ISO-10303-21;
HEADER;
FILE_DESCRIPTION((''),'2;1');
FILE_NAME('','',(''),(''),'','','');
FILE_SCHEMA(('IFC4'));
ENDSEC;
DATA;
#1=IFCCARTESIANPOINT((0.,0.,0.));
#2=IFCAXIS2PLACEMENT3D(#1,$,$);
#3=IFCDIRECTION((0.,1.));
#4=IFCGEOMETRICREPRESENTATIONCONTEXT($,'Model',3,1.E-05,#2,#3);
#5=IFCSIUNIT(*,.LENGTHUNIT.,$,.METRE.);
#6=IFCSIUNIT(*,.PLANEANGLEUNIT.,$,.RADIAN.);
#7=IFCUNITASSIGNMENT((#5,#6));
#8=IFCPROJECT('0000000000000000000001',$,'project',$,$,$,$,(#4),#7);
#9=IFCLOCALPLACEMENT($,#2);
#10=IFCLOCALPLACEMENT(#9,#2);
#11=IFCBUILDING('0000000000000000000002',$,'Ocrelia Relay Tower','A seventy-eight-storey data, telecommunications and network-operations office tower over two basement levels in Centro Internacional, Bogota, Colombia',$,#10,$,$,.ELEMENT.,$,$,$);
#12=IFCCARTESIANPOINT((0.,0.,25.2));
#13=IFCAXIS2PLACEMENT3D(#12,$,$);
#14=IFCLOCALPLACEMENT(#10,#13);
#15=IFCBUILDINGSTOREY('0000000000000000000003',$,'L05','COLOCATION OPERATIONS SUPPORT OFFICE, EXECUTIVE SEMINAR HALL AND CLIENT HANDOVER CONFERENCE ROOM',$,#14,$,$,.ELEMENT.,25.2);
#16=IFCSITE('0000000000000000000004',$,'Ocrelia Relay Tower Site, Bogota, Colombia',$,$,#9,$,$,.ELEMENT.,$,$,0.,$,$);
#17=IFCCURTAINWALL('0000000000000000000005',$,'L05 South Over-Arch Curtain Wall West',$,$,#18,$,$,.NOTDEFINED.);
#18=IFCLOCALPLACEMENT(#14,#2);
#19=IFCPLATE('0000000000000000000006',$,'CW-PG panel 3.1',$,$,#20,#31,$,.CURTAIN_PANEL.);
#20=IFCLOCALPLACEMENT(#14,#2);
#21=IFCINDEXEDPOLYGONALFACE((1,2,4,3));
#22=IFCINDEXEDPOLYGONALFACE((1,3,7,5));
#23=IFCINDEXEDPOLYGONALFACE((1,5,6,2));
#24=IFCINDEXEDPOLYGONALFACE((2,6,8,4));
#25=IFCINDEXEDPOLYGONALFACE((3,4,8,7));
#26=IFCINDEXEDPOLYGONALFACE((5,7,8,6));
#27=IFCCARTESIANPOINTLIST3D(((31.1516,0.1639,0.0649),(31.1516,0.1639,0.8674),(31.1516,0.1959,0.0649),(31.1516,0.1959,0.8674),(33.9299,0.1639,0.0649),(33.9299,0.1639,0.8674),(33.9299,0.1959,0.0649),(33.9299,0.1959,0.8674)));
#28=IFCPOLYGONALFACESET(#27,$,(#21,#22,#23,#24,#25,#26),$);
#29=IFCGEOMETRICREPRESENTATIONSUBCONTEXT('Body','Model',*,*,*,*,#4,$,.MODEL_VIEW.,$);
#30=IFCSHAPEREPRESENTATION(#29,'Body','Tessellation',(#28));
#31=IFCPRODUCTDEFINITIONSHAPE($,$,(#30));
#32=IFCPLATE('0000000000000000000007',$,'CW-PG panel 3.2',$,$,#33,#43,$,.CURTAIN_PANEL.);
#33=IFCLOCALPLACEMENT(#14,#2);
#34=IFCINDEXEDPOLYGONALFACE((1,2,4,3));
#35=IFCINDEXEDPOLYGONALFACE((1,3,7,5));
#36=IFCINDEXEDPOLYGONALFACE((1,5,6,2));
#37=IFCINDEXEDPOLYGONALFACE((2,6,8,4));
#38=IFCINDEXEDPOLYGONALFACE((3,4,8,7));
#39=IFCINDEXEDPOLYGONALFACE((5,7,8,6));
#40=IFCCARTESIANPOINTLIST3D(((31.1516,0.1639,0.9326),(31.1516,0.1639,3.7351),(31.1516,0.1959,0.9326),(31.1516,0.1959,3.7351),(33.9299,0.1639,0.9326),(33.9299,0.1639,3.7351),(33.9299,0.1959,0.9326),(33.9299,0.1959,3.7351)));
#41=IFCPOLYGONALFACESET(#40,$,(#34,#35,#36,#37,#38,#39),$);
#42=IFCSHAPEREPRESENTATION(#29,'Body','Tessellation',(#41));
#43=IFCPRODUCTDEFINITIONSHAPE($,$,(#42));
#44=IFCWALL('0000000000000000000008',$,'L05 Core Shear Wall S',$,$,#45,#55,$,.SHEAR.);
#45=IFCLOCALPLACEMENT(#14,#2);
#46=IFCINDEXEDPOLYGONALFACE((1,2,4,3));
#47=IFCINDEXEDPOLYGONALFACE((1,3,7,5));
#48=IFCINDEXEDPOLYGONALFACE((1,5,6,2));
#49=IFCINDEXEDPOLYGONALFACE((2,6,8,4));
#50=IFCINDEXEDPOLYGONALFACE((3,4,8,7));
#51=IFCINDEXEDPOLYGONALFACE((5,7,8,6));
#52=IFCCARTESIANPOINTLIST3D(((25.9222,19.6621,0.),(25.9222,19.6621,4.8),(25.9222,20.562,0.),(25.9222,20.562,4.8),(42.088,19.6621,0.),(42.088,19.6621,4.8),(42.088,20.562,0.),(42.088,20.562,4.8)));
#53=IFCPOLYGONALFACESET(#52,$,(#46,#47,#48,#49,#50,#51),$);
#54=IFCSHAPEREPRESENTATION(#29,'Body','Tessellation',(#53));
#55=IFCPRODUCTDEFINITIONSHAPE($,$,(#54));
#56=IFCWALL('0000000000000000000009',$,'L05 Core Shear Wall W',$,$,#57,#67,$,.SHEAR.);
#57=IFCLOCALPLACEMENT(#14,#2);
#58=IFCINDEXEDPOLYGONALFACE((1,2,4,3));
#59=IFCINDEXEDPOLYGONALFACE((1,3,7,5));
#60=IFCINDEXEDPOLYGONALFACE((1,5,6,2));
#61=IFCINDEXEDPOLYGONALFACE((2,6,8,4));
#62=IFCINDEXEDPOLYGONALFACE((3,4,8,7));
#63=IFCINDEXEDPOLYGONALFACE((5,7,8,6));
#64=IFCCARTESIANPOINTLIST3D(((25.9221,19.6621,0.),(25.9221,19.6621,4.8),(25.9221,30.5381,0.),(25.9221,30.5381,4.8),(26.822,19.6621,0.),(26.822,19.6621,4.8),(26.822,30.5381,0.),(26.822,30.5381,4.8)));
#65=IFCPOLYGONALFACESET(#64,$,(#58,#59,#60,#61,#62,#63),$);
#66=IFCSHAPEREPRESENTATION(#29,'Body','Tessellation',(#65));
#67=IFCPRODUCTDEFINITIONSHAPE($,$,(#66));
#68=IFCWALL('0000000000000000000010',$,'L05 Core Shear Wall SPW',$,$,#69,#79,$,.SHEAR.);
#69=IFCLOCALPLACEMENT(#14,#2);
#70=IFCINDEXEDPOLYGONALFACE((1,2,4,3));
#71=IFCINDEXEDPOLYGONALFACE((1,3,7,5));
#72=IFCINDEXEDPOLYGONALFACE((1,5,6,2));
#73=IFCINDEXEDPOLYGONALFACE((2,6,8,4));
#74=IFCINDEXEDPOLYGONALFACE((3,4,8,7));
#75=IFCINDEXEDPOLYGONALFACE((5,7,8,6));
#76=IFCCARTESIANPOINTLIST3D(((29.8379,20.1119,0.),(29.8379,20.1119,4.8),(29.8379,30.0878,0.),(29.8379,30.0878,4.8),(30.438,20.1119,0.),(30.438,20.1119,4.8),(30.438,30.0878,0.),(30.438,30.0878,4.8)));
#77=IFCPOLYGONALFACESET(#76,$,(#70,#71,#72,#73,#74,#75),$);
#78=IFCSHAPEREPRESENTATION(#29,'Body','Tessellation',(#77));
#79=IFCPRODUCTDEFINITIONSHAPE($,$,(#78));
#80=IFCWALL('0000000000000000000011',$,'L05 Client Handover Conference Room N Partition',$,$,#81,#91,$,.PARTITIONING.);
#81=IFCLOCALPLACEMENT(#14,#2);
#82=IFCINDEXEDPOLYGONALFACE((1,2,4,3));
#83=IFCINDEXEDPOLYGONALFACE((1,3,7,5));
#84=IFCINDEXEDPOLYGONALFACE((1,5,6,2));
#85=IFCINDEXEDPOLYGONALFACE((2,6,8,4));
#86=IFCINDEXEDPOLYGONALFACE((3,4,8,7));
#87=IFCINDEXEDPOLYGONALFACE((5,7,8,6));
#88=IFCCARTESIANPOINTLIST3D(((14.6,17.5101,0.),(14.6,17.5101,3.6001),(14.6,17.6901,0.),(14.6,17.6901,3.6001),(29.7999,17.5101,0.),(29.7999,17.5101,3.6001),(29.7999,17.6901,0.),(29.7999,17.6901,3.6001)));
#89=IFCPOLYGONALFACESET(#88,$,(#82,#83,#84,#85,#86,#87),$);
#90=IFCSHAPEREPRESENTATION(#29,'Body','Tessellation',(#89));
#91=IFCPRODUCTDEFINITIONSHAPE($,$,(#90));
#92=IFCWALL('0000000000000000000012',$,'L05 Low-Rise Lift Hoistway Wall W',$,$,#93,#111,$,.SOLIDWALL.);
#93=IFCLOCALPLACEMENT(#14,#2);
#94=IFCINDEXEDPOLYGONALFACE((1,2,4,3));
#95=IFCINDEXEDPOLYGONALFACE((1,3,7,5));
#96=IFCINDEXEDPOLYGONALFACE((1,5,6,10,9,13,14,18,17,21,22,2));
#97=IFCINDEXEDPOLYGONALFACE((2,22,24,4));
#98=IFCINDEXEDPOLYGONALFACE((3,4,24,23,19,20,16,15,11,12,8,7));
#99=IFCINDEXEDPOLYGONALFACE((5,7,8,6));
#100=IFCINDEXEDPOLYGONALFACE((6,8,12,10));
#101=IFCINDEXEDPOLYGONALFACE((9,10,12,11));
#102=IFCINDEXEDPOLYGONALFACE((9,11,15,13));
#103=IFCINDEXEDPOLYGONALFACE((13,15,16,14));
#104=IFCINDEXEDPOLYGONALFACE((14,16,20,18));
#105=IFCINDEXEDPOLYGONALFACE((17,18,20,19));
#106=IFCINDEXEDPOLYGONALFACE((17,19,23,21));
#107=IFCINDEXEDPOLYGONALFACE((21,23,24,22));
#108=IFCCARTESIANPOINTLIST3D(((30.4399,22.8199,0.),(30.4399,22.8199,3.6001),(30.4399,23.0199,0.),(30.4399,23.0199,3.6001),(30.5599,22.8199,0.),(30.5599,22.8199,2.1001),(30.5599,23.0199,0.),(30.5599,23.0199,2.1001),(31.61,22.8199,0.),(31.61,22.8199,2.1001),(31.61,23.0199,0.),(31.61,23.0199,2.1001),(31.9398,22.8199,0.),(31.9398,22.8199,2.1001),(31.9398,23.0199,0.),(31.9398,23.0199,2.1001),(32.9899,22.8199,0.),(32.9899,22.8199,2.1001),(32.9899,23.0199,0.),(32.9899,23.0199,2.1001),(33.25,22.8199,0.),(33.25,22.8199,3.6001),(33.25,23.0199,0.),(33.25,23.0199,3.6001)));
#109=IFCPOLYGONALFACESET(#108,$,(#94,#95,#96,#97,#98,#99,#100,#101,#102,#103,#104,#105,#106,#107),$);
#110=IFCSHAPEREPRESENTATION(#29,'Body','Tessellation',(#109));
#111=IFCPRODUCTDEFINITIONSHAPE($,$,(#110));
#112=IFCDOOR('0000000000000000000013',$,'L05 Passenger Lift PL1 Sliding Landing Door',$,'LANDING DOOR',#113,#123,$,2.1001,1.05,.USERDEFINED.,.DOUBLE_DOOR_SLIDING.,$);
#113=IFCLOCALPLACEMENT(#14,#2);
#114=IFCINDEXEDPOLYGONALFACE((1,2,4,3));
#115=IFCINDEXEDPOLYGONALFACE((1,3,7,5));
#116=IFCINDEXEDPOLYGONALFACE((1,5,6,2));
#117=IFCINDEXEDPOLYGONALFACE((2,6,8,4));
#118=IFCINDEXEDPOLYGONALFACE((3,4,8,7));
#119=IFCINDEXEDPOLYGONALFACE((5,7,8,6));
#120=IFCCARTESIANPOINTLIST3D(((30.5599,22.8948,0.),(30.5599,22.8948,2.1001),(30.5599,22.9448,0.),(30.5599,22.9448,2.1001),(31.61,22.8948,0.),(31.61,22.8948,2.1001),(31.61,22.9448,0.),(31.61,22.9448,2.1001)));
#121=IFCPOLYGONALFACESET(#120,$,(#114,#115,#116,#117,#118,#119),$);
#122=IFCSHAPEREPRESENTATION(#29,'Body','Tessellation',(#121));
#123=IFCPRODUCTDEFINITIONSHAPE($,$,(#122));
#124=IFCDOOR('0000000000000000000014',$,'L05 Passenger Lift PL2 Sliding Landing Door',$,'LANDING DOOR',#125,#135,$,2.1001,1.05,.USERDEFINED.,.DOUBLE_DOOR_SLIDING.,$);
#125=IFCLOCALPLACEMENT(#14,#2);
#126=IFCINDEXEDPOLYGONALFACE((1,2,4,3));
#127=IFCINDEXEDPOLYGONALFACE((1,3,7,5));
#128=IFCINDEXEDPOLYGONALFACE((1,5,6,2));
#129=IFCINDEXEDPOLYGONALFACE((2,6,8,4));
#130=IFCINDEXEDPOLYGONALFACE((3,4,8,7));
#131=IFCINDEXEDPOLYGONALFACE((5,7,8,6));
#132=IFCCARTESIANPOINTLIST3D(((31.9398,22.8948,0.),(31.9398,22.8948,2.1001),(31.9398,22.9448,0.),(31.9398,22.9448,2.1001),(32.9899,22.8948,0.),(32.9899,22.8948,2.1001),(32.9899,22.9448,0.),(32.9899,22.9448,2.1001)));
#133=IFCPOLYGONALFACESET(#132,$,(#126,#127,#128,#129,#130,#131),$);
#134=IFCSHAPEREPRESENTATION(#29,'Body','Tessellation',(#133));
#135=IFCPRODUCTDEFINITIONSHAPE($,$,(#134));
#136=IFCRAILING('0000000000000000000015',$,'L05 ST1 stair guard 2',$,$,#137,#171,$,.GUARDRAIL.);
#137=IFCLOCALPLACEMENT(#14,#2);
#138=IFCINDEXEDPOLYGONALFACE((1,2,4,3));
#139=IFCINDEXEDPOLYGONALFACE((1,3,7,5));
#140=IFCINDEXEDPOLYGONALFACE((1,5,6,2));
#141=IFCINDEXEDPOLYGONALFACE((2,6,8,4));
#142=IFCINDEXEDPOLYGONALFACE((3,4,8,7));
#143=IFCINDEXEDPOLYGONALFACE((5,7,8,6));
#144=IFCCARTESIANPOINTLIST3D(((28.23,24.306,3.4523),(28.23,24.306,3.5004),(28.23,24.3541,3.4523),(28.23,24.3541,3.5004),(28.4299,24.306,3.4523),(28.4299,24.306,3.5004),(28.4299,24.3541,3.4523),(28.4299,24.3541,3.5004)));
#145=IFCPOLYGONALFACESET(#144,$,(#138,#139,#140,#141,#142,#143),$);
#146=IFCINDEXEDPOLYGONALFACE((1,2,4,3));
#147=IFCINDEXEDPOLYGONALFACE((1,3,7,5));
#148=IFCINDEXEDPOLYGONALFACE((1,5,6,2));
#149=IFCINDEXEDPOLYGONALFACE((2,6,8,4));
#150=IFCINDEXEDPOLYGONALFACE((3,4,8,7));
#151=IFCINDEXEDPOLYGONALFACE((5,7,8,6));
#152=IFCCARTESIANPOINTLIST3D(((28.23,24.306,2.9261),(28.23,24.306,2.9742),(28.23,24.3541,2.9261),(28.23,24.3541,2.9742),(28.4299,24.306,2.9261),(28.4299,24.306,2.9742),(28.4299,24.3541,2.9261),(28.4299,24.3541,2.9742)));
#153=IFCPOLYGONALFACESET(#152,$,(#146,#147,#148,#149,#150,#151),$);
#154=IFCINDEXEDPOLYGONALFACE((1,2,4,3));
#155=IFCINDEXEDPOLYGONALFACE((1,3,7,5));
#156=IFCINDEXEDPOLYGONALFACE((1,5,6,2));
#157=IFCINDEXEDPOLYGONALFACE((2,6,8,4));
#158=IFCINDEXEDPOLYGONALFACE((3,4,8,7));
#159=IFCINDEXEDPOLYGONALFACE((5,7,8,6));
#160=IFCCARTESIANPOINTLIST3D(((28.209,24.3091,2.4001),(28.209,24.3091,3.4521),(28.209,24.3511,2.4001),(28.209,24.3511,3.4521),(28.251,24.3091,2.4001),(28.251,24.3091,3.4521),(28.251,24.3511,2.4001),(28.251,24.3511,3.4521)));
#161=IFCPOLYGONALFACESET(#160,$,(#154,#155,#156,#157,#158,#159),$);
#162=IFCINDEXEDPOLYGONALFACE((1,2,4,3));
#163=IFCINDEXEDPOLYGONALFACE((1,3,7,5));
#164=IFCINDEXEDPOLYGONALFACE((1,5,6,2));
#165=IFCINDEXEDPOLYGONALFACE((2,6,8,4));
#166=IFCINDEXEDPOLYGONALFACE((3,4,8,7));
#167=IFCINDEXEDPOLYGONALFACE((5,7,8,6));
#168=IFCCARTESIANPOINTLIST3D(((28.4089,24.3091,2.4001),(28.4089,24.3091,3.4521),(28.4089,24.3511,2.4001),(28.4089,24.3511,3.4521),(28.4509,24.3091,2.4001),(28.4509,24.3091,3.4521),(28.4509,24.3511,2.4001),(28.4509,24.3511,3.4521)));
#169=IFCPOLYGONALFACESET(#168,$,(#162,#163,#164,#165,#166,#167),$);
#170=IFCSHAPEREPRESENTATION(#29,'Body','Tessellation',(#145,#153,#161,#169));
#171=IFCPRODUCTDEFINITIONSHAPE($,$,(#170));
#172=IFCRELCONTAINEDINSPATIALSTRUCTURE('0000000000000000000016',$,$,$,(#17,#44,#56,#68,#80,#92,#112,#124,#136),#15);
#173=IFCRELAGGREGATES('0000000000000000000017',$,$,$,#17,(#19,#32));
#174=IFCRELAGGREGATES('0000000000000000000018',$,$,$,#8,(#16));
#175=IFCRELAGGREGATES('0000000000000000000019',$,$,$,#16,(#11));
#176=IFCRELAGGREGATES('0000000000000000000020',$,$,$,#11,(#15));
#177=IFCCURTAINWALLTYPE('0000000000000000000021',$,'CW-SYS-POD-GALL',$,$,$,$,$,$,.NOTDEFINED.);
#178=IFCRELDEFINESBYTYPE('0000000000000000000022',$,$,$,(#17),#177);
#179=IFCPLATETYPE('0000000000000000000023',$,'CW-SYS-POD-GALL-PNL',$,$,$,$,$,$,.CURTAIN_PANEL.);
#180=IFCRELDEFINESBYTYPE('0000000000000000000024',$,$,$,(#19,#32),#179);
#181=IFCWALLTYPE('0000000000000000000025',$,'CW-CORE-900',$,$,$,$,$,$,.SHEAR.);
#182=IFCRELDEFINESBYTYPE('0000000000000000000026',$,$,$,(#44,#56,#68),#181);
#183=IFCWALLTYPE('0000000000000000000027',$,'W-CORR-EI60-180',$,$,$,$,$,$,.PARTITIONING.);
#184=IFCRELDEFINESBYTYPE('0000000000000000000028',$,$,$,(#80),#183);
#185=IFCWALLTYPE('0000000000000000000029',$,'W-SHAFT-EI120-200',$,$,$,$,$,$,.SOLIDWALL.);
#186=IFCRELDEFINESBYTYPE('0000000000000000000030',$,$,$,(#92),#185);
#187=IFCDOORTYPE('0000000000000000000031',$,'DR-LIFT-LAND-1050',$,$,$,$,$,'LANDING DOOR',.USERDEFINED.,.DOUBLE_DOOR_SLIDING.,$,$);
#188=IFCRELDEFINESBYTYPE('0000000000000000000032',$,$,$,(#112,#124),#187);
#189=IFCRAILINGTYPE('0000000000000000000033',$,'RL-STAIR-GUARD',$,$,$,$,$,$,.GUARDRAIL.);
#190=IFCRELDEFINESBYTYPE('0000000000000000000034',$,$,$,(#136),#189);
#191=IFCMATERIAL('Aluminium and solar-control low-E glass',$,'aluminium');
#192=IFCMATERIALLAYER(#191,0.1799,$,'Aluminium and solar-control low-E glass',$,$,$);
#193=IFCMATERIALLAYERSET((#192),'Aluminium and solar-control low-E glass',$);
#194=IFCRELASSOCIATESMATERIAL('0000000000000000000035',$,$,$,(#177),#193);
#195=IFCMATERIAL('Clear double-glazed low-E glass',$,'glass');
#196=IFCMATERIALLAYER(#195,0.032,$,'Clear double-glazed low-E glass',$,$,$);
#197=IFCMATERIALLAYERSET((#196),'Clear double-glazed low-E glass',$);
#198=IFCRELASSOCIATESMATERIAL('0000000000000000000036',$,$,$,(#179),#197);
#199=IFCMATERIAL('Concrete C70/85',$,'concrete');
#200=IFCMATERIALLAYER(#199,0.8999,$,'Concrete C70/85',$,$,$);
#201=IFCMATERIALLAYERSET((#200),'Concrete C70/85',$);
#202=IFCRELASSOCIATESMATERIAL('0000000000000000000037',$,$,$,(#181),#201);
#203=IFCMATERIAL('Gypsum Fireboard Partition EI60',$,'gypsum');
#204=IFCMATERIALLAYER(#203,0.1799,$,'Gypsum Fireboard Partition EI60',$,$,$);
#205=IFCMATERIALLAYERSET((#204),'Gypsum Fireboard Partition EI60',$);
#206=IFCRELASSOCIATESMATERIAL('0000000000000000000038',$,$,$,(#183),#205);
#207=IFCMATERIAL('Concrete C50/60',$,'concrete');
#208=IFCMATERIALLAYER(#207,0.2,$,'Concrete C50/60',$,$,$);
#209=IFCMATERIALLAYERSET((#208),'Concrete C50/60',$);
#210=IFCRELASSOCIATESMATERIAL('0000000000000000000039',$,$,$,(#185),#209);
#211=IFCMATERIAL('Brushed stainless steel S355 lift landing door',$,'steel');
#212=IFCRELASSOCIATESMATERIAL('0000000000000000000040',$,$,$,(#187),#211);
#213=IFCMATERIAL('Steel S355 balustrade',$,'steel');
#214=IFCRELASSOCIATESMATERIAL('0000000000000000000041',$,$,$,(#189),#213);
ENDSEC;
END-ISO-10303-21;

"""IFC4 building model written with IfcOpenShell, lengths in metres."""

from ifc_helpers import new_model, si_unit, direction, frame, frame_2d, origin, origin_2d, place, context, subcontext, project, spatial, rectangle, extrude, material, layer, layer_set, type_object, element, fill, aggregate, save


model = new_model("IFC4")

# Units and contexts
model_context = context("Model", 3, precision=1e-05, world=origin(), true_north=direction((0.0, 1.0)))
body_context = subcontext(model_context, "Body", "Model", "MODEL_VIEW")
ifc_project = project(units=[si_unit("LENGTHUNIT", "METRE"), si_unit("PLANEANGLEUNIT", "RADIAN")], contexts=[model_context])

# Site, building, storey
site_placement = place(None, origin())
site = spatial("IfcSite", under=ifc_project, at=site_placement, Name="Ocrelia Relay Tower Site, Bogota, Colombia", CompositionType="ELEMENT", RefElevation=0.0)
building_placement = place(site_placement, origin())
building = spatial("IfcBuilding", under=site, at=building_placement, Name="Ocrelia Relay Tower", Description="A seventy-eight-storey data, telecommunications and network-operations office tower over two basement levels in Centro Internacional, Bogota, Colombia", CompositionType="ELEMENT")
storey_placement = place(building_placement, frame((0.0, 0.0, 25.2)))
storey = spatial("IfcBuildingStorey", under=building, at=storey_placement, Name="L05", Description="COLOCATION OPERATIONS SUPPORT OFFICE, EXECUTIVE SEMINAR HALL AND CLIENT HANDOVER CONFERENCE ROOM", CompositionType="ELEMENT", Elevation=25.2)

# Shared definitions
ifc_material_1 = material(Name="Concrete C70/85", Category="concrete")

# Curtain wall, plates
ifc_material_2 = material(Name="Aluminium and solar-control low-E glass", Category="aluminium")
ifc_layer_1 = layer(ifc_material_2, 0.1799, Name="Aluminium and solar-control low-E glass")
ifc_layer_set_1 = layer_set([ifc_layer_1], Name="Aluminium and solar-control low-E glass")
curtain_wall_type = type_object("IfcCurtainWallType", Name="CW-SYS-POD-GALL", PredefinedType="NOTDEFINED", material=ifc_layer_set_1)
curtain_wall_placement = place(storey_placement, origin())
curtain_wall = element("IfcCurtainWall", 1, at=curtain_wall_placement, inside=storey, type_object=curtain_wall_type, Name="L05 South Over-Arch Curtain Wall West", PredefinedType="NOTDEFINED")
ifc_material_3 = material(Name="Clear double-glazed low-E glass", Category="glass")
ifc_layer_2 = layer(ifc_material_3, 0.032, Name="Clear double-glazed low-E glass")
ifc_layer_set_2 = layer_set([ifc_layer_2], Name="Clear double-glazed low-E glass")
plate_type = type_object("IfcPlateType", Name="CW-SYS-POD-GALL-PNL", PredefinedType="CURTAIN_PANEL", material=ifc_layer_set_2)
plate_1_placement = place(storey_placement, frame((32.5408, 0.1799, 0.0649), z_axis=(0.0, 0.0, 1.0), x_axis=(1.0, 0.0, 0.0)))
plate_1 = element("IfcPlate", 2, at=plate_1_placement, type_object=plate_type, Name="CW-PG panel 3.1", PredefinedType="CURTAIN_PANEL", context=body_context, shape_type="SweptSolid", body=[
    extrude(rectangle(XDim=2.7783, YDim=0.032, at=origin_2d()), origin(), (0.0, 0.0, 1.0), 0.8025),
])
plate_2_placement = place(storey_placement, frame((32.5408, 0.1799, 0.9326), z_axis=(0.0, 0.0, 1.0), x_axis=(1.0, 0.0, 0.0)))
plate_2 = element("IfcPlate", 3, at=plate_2_placement, type_object=plate_type, Name="CW-PG panel 3.2", PredefinedType="CURTAIN_PANEL", context=body_context, shape_type="SweptSolid", body=[
    extrude(rectangle(XDim=2.7783, YDim=0.032, at=origin_2d()), origin(), (0.0, 0.0, 1.0), 2.8025),
])
aggregate(curtain_wall, [plate_1, plate_2])

# Walls
ifc_layer_3 = layer(ifc_material_1, 0.8999, Name="Concrete C70/85")
ifc_layer_set_3 = layer_set([ifc_layer_3], Name="Concrete C70/85")
wall_type_1 = type_object("IfcWallType", Name="CW-CORE-900", PredefinedType="SHEAR", material=ifc_layer_set_3)
wall_1_placement = place(storey_placement, frame((25.9221, 20.1121, 0.0), z_axis=(0.0, 0.0, 1.0), x_axis=(1.0, 0.0, 0.0)))
element("IfcWall", 4, at=wall_1_placement, inside=storey, type_object=wall_type_1, Name="L05 Core Shear Wall S", PredefinedType="SHEAR", context=body_context, shape_type="SweptSolid", body=[
    extrude(rectangle(XDim=16.1658, YDim=0.8999, at=frame_2d((8.083, 0.0))), origin(), (0.0, 0.0, 1.0), 4.8),
])
wall_2_placement = place(storey_placement, frame((26.3721, 19.6621, 0.0), z_axis=(0.0, 0.0, 1.0), x_axis=(0.0, 1.0, 0.0)))
element("IfcWall", 5, at=wall_2_placement, inside=storey, type_object=wall_type_1, Name="L05 Core Shear Wall W", PredefinedType="SHEAR", context=body_context, shape_type="SweptSolid", body=[
    extrude(rectangle(XDim=10.876, YDim=0.8999, at=frame_2d((5.438, 0.0))), origin(), (0.0, 0.0, 1.0), 4.8),
])
wall_3_placement = place(storey_placement, frame((30.1379, 20.1121, 0.0), z_axis=(0.0, 0.0, 1.0), x_axis=(0.0, 1.0, 0.0)))
element("IfcWall", 6, at=wall_3_placement, inside=storey, type_object=wall_type_1, Name="L05 Core Shear Wall SPW", PredefinedType="SHEAR", context=body_context, shape_type="SweptSolid", body=[
    extrude(rectangle(XDim=9.9758, YDim=0.6001, at=frame_2d((4.9878, 0.0))), origin(), (0.0, 0.0, 1.0), 4.8),
])
ifc_material_4 = material(Name="Gypsum Fireboard Partition EI60", Category="gypsum")
ifc_layer_4 = layer(ifc_material_4, 0.1799, Name="Gypsum Fireboard Partition EI60")
ifc_layer_set_4 = layer_set([ifc_layer_4], Name="Gypsum Fireboard Partition EI60")
wall_type_2 = type_object("IfcWallType", Name="W-CORR-EI60-180", PredefinedType="PARTITIONING", material=ifc_layer_set_4)
wall_4_placement = place(storey_placement, frame((29.8, 17.6001, 0.0), z_axis=(0.0, 0.0, 1.0), x_axis=(-1.0, 0.0, 0.0)))
element("IfcWall", 7, at=wall_4_placement, inside=storey, type_object=wall_type_2, Name="L05 Client Handover Conference Room N Partition", PredefinedType="PARTITIONING", context=body_context, shape_type="SweptSolid", body=[
    extrude(rectangle(XDim=15.2, YDim=0.1799, at=frame_2d((7.6001, 0.0))), origin(), (0.0, 0.0, 1.0), 3.6001),
])

# Wall, openings, doors
ifc_material_5 = material(Name="Concrete C50/60", Category="concrete")
ifc_layer_5 = layer(ifc_material_5, 0.2, Name="Concrete C50/60")
ifc_layer_set_5 = layer_set([ifc_layer_5], Name="Concrete C50/60")
wall_type_3 = type_object("IfcWallType", Name="W-SHAFT-EI120-200", PredefinedType="SOLIDWALL", material=ifc_layer_set_5)
wall_5_placement = place(storey_placement, frame((30.4399, 22.9199, 0.0), z_axis=(0.0, 0.0, 1.0), x_axis=(1.0, 0.0, 0.0)))
wall_5 = element("IfcWall", 8, at=wall_5_placement, inside=storey, type_object=wall_type_3, Name="L05 Low-Rise Lift Hoistway Wall W", PredefinedType="SOLIDWALL", context=body_context, shape_type="SweptSolid", body=[
    extrude(rectangle(XDim=2.8101, YDim=0.2, at=frame_2d((1.405, 0.0))), origin(), (0.0, 0.0, 1.0), 3.6001),
])
opening_1_placement = place(wall_5_placement, frame((0.1201, 0.0, 0.0)))
opening_1 = element("IfcOpeningElement", 9, at=opening_1_placement, cuts=wall_5, PredefinedType="OPENING", context=body_context, shape_type="SweptSolid", body=[
    extrude(rectangle(XDim=1.05, YDim=2.1001, at=frame_2d((0.5249, 1.05))), frame((0.0, 0.1099, 0.0), z_axis=(0.0, -1.0, 0.0), x_axis=(1.0, 0.0, 0.0)), (0.0, 0.0, 1.0), 0.22),
])
opening_2_placement = place(wall_5_placement, frame((1.5, 0.0, 0.0)))
opening_2 = element("IfcOpeningElement", 10, at=opening_2_placement, cuts=wall_5, PredefinedType="OPENING", context=body_context, shape_type="SweptSolid", body=[
    extrude(rectangle(XDim=1.05, YDim=2.1001, at=frame_2d((0.5249, 1.05))), frame((0.0, 0.1099, 0.0), z_axis=(0.0, -1.0, 0.0), x_axis=(1.0, 0.0, 0.0)), (0.0, 0.0, 1.0), 0.22),
])
ifc_material_6 = material(Name="Brushed stainless steel S355 lift landing door", Category="steel")
door_type = type_object("IfcDoorType", Name="DR-LIFT-LAND-1050", ElementType="LANDING DOOR", OperationType="DOUBLE_DOOR_SLIDING", PredefinedType="USERDEFINED", material=ifc_material_6)
door_1_placement = place(opening_1_placement, origin())
door_1 = element("IfcDoor", 11, at=door_1_placement, inside=storey, type_object=door_type, Name="L05 Passenger Lift PL1 Sliding Landing Door", ObjectType="LANDING DOOR", OperationType="DOUBLE_DOOR_SLIDING", OverallHeight=2.1001, OverallWidth=1.05, PredefinedType="USERDEFINED", context=body_context, shape_type="SweptSolid", body=[
    extrude(rectangle(XDim=1.05, YDim=2.1001, at=frame_2d((0.5249, 1.05))), frame((0.0, 0.0249, 0.0), z_axis=(0.0, -1.0, 0.0), x_axis=(1.0, 0.0, 0.0)), (0.0, 0.0, 1.0), 0.05),
])
fill(opening_1, door_1)
door_2_placement = place(opening_2_placement, origin())
door_2 = element("IfcDoor", 12, at=door_2_placement, inside=storey, type_object=door_type, Name="L05 Passenger Lift PL2 Sliding Landing Door", ObjectType="LANDING DOOR", OperationType="DOUBLE_DOOR_SLIDING", OverallHeight=2.1001, OverallWidth=1.05, PredefinedType="USERDEFINED", context=body_context, shape_type="SweptSolid", body=[
    extrude(rectangle(XDim=1.05, YDim=2.1001, at=frame_2d((0.5249, 1.05))), frame((0.0, 0.0249, 0.0), z_axis=(0.0, -1.0, 0.0), x_axis=(1.0, 0.0, 0.0)), (0.0, 0.0, 1.0), 0.05),
])
fill(opening_2, door_2)

# Railing
ifc_material_7 = material(Name="Steel S355 balustrade", Category="steel")
railing_type = type_object("IfcRailingType", Name="RL-STAIR-GUARD", PredefinedType="GUARDRAIL", material=ifc_material_7)
railing_1_placement = place(storey_placement, frame((28.23, 24.3301, 2.4001)))
element("IfcRailing", 13, at=railing_1_placement, inside=storey, type_object=railing_type, Name="L05 ST1 stair guard 2", PredefinedType="GUARDRAIL", context=body_context, shape_type="SweptSolid", body=[
    extrude(rectangle(XDim=0.0481, YDim=0.0481, at=origin_2d()), frame((0.0, 0.0, 1.0762), z_axis=(1.0, 0.0, 0.0), x_axis=(0.0, 1.0, 0.0)), (0.0, 0.0, 1.0), 0.2),
    extrude(rectangle(XDim=0.0481, YDim=0.0481, at=origin_2d()), frame((0.0, 0.0, 0.55), z_axis=(1.0, 0.0, 0.0), x_axis=(0.0, 1.0, 0.0)), (0.0, 0.0, 1.0), 0.2),
    extrude(rectangle(XDim=0.042, YDim=0.042, at=origin_2d()), origin(), (0.0, 0.0, 1.0), 1.052),
    extrude(rectangle(XDim=0.042, YDim=0.042, at=origin_2d()), frame((0.2, 0.0, 0.0)), (0.0, 0.0, 1.0), 1.052),
])

save(model, "model.ifc")
